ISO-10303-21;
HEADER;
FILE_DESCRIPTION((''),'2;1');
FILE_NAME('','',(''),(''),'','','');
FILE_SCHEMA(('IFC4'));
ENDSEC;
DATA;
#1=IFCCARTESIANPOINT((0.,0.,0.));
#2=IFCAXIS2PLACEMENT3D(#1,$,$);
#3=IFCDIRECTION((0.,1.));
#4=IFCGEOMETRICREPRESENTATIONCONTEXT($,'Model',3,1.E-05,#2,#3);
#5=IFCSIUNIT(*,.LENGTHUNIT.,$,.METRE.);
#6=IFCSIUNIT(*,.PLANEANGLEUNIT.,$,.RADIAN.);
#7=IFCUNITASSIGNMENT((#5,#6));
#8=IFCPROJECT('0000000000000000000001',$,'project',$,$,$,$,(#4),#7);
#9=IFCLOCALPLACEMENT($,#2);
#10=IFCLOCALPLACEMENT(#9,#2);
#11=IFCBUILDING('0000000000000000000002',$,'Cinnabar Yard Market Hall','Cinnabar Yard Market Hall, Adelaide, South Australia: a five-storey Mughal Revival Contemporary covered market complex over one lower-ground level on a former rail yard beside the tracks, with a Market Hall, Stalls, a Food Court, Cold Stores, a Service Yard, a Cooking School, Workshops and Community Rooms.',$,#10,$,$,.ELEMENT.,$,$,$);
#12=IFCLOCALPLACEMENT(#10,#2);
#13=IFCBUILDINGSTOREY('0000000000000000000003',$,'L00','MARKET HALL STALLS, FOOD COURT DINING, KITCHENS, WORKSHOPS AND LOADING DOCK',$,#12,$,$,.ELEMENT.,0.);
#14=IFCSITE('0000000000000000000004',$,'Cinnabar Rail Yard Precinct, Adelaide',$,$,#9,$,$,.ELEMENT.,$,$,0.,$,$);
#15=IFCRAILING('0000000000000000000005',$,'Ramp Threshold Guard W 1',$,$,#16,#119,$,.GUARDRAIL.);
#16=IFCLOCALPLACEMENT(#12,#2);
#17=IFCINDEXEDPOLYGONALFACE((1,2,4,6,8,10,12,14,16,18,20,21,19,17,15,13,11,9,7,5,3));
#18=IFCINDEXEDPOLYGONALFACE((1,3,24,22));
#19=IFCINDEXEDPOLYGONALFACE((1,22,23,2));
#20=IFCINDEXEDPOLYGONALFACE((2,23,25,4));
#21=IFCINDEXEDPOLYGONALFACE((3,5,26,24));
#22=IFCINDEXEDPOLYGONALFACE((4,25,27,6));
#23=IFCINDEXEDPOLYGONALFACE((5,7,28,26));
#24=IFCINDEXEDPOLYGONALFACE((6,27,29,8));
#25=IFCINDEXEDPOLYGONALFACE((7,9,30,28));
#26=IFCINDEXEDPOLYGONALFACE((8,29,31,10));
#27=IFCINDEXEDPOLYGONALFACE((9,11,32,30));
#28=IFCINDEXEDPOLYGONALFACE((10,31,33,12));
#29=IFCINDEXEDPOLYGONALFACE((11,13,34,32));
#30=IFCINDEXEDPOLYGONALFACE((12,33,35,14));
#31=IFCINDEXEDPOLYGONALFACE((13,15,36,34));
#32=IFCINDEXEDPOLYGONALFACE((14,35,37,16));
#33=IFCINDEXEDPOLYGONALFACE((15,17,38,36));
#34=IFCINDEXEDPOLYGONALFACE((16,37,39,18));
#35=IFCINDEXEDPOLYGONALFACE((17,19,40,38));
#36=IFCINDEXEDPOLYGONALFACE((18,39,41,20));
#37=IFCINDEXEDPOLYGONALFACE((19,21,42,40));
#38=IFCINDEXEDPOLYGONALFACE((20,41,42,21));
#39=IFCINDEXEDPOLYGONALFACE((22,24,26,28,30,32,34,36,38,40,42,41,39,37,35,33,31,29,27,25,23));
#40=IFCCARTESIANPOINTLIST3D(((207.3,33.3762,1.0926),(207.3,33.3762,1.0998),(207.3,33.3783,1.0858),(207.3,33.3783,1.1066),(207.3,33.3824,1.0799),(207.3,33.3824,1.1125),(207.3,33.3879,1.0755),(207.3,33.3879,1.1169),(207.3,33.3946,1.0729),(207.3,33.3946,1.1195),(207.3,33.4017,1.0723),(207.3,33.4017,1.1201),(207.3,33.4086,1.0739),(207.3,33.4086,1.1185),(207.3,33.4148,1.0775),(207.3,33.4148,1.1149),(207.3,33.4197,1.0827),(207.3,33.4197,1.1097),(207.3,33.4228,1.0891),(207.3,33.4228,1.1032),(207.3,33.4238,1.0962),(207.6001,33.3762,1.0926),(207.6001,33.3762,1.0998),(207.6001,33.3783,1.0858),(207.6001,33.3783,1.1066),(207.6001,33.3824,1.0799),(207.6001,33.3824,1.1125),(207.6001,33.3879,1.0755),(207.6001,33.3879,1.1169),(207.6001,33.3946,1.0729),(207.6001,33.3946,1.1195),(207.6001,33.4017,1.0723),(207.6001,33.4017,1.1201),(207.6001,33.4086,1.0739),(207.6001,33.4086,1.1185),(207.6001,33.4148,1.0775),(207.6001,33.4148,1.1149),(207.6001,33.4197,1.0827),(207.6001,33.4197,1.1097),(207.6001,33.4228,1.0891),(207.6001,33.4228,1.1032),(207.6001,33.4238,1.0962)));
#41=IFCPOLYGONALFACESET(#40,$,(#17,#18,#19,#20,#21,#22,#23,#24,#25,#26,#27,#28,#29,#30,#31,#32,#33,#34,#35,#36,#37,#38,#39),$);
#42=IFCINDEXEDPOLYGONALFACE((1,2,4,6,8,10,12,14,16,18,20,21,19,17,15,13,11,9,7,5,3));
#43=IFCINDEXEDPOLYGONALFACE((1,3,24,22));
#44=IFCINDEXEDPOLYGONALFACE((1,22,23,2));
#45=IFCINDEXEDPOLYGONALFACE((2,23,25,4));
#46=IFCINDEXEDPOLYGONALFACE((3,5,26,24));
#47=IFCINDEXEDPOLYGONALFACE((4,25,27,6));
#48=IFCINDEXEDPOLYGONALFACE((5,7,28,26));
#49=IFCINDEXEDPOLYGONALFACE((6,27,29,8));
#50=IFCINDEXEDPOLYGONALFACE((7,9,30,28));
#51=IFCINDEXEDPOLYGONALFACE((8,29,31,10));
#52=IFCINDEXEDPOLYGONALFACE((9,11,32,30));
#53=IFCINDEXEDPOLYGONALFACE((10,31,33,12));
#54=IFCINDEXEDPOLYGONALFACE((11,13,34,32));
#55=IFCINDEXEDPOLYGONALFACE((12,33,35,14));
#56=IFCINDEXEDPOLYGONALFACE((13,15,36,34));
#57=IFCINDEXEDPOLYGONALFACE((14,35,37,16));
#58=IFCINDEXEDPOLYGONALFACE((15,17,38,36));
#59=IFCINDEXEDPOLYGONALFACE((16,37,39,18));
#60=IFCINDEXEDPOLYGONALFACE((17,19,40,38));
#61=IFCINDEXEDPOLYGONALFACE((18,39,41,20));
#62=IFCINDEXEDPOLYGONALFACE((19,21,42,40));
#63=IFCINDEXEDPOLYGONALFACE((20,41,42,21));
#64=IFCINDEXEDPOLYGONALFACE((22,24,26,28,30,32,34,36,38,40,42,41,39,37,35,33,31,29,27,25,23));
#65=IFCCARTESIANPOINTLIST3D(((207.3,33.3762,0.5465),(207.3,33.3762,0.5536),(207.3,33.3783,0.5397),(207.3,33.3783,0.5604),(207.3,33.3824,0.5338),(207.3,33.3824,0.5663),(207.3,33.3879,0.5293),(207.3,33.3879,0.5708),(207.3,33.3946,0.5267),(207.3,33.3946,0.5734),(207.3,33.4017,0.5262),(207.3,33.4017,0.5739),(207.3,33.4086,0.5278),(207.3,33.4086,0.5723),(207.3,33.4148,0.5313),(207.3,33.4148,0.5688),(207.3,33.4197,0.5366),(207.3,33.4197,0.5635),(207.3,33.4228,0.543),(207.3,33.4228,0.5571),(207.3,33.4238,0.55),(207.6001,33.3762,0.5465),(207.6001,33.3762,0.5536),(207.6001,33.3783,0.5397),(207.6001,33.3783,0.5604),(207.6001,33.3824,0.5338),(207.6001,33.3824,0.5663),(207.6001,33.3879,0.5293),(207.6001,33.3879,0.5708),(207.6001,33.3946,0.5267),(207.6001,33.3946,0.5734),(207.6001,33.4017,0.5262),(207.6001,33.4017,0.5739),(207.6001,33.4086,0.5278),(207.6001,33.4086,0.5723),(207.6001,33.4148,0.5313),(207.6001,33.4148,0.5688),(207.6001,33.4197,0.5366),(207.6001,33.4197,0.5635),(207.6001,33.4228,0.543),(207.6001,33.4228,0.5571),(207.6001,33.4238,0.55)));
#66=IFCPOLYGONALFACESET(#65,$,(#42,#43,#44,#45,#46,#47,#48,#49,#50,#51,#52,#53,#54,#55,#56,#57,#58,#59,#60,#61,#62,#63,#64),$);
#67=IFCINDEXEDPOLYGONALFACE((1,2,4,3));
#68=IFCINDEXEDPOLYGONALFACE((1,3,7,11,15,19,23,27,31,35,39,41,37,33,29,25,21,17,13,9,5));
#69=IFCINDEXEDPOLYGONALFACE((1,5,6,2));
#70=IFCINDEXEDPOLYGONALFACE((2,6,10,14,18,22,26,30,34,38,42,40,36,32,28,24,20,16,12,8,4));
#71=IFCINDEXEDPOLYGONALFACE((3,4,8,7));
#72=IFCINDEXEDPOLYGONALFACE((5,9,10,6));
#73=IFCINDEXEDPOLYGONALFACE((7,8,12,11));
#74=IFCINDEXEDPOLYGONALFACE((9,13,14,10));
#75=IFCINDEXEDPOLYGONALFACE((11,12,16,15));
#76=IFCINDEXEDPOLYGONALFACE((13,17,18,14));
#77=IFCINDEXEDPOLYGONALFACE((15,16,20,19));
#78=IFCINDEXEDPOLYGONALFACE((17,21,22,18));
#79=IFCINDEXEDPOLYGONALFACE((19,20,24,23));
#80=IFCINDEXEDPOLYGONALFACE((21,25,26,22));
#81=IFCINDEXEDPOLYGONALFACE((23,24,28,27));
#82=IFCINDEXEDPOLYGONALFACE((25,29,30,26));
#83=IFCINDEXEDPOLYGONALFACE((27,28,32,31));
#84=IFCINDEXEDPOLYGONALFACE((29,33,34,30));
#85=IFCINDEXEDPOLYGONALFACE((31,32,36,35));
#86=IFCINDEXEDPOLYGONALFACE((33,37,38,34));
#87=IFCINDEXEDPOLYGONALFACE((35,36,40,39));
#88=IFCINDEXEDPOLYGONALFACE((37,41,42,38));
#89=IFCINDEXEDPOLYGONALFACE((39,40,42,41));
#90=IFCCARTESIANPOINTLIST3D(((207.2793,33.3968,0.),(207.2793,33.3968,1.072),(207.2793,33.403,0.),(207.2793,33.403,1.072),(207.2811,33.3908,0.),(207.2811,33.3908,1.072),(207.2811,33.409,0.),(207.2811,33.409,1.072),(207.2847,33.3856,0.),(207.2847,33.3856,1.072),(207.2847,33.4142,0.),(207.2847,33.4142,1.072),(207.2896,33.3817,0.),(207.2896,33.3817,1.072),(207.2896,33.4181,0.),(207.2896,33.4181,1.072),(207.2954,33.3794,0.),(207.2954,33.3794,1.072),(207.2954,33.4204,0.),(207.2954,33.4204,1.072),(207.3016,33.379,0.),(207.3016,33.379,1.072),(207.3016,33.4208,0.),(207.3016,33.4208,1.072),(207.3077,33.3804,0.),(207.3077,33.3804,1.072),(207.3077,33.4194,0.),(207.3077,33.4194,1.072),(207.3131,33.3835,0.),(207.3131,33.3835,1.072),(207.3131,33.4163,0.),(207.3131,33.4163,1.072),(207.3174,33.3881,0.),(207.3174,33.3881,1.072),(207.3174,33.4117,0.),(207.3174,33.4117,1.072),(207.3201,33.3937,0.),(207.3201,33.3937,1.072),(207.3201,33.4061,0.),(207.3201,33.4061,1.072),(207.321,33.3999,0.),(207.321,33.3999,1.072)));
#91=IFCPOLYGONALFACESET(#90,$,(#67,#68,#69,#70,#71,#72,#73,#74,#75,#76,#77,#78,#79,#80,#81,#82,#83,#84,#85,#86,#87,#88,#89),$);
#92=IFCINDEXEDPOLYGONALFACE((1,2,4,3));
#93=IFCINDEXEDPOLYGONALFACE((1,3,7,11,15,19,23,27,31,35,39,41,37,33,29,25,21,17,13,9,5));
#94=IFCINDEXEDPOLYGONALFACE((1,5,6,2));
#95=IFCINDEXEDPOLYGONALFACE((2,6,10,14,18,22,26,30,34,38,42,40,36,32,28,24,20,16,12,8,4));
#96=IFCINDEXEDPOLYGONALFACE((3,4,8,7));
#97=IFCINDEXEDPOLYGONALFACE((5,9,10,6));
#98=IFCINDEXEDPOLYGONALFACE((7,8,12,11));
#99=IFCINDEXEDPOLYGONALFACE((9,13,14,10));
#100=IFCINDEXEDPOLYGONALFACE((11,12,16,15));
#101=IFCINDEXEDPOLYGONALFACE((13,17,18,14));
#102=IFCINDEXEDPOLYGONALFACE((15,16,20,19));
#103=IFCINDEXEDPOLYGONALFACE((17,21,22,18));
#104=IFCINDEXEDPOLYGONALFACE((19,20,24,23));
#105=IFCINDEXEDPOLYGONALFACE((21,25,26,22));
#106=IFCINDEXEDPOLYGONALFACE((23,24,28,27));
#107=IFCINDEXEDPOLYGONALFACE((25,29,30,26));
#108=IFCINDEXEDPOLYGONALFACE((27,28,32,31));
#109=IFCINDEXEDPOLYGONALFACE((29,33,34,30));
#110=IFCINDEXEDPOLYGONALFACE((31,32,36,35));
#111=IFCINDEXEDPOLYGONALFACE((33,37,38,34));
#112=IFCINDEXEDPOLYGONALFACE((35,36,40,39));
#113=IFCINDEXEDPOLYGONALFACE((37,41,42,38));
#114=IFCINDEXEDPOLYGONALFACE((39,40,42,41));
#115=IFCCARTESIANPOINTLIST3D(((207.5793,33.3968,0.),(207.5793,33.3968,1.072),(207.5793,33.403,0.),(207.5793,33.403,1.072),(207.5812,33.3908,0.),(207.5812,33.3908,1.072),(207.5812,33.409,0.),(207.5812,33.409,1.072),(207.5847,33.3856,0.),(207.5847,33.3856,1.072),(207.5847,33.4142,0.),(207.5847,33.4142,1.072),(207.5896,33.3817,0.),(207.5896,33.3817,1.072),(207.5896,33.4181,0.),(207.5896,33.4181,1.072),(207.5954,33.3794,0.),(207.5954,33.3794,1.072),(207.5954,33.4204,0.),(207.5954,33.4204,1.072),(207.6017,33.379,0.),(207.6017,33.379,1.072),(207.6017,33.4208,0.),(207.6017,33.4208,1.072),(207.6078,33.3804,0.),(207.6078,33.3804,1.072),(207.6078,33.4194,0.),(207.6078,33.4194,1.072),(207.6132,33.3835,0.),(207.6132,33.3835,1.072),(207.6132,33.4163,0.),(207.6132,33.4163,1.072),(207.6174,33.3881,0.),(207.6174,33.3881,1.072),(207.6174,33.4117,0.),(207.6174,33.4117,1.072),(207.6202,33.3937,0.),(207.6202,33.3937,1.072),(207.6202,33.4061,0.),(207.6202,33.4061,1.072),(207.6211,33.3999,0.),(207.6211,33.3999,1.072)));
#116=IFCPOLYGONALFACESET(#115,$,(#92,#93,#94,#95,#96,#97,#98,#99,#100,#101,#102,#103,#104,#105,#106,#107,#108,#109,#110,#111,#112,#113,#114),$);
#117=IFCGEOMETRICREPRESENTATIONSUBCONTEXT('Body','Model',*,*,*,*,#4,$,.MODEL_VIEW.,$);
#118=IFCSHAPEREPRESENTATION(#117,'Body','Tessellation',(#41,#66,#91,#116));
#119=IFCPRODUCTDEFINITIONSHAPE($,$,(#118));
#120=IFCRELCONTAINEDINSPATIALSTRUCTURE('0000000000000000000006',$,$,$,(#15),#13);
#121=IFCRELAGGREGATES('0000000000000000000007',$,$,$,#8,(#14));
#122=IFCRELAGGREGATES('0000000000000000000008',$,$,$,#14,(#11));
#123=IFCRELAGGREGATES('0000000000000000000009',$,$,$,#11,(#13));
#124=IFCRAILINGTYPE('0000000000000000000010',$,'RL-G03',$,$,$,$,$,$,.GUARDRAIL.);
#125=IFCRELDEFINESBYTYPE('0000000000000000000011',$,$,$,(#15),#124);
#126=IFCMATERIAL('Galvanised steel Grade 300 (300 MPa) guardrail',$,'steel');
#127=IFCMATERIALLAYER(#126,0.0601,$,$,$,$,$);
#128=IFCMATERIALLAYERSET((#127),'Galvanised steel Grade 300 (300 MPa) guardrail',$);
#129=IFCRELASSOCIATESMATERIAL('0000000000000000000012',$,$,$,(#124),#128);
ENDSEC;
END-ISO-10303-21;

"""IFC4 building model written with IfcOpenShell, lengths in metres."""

from ifc_helpers import new_model, si_unit, direction, frame, origin, origin_2d_with_axis, place, context, subcontext, project, spatial, circle, extrude, material, layer, layer_set, type_object, element, save


model = new_model("IFC4")

# Units and contexts
model_context = context("Model", 3, precision=1e-05, world=origin(), true_north=direction((0.0, 1.0)))
body_context = subcontext(model_context, "Body", "Model", "MODEL_VIEW")
ifc_project = project(units=[si_unit("LENGTHUNIT", "METRE"), si_unit("PLANEANGLEUNIT", "RADIAN")], contexts=[model_context])

# Site, building, storey
site_placement = place(None, origin())
site = spatial("IfcSite", under=ifc_project, at=site_placement, Name="Cinnabar Rail Yard Precinct, Adelaide", CompositionType="ELEMENT", RefElevation=0.0)
building_placement = place(site_placement, origin())
building = spatial("IfcBuilding", under=site, at=building_placement, Name="Cinnabar Yard Market Hall", Description="Cinnabar Yard Market Hall, Adelaide, South Australia: a five-storey Mughal Revival Contemporary covered market complex over one lower-ground level on a former rail yard beside the tracks, with a Market Hall, Stalls, a Food Court, Cold Stores, a Service Yard, a Cooking School, Workshops and Community Rooms.", CompositionType="ELEMENT")
storey_placement = place(building_placement, origin())
storey = spatial("IfcBuildingStorey", under=building, at=storey_placement, Name="L00", Description="MARKET HALL STALLS, FOOD COURT DINING, KITCHENS, WORKSHOPS AND LOADING DOCK", CompositionType="ELEMENT", Elevation=0.0)

# Railing
ifc_material_1 = material(Name="Galvanised steel Grade 300 (300 MPa) guardrail", Category="steel")
ifc_layer_1 = layer(ifc_material_1, 0.0601)
ifc_layer_set_1 = layer_set([ifc_layer_1], Name="Galvanised steel Grade 300 (300 MPa) guardrail")
railing_type = type_object("IfcRailingType", Name="RL-G03", PredefinedType="GUARDRAIL", material=ifc_layer_set_1)
for number, where, name in (
    (1, (207.3, 33.3999, 0.0), "Ramp Threshold Guard W 1"),
):
    element("IfcRailing", number, at=place(storey_placement, frame(where)), inside=storey, type_object=railing_type, Name=name, PredefinedType="GUARDRAIL", context=body_context, shape_type="SweptSolid", body=[
        extrude(circle(Radius=0.0239, at=origin_2d_with_axis()), frame((0.0, 0.0, 1.0962), z_axis=(1.0, 0.0, 0.0), x_axis=(0.0, 1.0, 0.0)), (0.0, 0.0, 1.0), 0.3),
        extrude(circle(Radius=0.0239, at=origin_2d_with_axis()), frame((0.0, 0.0, 0.55), z_axis=(1.0, 0.0, 0.0), x_axis=(0.0, 1.0, 0.0)), (0.0, 0.0, 1.0), 0.3),
        extrude(circle(Radius=0.021, at=origin_2d_with_axis()), origin(), (0.0, 0.0, 1.0), 1.072),
        extrude(circle(Radius=0.021, at=origin_2d_with_axis()), frame((0.3, 0.0, 0.0)), (0.0, 0.0, 1.0), 1.072),
    ])

save(model, "model.ifc")
